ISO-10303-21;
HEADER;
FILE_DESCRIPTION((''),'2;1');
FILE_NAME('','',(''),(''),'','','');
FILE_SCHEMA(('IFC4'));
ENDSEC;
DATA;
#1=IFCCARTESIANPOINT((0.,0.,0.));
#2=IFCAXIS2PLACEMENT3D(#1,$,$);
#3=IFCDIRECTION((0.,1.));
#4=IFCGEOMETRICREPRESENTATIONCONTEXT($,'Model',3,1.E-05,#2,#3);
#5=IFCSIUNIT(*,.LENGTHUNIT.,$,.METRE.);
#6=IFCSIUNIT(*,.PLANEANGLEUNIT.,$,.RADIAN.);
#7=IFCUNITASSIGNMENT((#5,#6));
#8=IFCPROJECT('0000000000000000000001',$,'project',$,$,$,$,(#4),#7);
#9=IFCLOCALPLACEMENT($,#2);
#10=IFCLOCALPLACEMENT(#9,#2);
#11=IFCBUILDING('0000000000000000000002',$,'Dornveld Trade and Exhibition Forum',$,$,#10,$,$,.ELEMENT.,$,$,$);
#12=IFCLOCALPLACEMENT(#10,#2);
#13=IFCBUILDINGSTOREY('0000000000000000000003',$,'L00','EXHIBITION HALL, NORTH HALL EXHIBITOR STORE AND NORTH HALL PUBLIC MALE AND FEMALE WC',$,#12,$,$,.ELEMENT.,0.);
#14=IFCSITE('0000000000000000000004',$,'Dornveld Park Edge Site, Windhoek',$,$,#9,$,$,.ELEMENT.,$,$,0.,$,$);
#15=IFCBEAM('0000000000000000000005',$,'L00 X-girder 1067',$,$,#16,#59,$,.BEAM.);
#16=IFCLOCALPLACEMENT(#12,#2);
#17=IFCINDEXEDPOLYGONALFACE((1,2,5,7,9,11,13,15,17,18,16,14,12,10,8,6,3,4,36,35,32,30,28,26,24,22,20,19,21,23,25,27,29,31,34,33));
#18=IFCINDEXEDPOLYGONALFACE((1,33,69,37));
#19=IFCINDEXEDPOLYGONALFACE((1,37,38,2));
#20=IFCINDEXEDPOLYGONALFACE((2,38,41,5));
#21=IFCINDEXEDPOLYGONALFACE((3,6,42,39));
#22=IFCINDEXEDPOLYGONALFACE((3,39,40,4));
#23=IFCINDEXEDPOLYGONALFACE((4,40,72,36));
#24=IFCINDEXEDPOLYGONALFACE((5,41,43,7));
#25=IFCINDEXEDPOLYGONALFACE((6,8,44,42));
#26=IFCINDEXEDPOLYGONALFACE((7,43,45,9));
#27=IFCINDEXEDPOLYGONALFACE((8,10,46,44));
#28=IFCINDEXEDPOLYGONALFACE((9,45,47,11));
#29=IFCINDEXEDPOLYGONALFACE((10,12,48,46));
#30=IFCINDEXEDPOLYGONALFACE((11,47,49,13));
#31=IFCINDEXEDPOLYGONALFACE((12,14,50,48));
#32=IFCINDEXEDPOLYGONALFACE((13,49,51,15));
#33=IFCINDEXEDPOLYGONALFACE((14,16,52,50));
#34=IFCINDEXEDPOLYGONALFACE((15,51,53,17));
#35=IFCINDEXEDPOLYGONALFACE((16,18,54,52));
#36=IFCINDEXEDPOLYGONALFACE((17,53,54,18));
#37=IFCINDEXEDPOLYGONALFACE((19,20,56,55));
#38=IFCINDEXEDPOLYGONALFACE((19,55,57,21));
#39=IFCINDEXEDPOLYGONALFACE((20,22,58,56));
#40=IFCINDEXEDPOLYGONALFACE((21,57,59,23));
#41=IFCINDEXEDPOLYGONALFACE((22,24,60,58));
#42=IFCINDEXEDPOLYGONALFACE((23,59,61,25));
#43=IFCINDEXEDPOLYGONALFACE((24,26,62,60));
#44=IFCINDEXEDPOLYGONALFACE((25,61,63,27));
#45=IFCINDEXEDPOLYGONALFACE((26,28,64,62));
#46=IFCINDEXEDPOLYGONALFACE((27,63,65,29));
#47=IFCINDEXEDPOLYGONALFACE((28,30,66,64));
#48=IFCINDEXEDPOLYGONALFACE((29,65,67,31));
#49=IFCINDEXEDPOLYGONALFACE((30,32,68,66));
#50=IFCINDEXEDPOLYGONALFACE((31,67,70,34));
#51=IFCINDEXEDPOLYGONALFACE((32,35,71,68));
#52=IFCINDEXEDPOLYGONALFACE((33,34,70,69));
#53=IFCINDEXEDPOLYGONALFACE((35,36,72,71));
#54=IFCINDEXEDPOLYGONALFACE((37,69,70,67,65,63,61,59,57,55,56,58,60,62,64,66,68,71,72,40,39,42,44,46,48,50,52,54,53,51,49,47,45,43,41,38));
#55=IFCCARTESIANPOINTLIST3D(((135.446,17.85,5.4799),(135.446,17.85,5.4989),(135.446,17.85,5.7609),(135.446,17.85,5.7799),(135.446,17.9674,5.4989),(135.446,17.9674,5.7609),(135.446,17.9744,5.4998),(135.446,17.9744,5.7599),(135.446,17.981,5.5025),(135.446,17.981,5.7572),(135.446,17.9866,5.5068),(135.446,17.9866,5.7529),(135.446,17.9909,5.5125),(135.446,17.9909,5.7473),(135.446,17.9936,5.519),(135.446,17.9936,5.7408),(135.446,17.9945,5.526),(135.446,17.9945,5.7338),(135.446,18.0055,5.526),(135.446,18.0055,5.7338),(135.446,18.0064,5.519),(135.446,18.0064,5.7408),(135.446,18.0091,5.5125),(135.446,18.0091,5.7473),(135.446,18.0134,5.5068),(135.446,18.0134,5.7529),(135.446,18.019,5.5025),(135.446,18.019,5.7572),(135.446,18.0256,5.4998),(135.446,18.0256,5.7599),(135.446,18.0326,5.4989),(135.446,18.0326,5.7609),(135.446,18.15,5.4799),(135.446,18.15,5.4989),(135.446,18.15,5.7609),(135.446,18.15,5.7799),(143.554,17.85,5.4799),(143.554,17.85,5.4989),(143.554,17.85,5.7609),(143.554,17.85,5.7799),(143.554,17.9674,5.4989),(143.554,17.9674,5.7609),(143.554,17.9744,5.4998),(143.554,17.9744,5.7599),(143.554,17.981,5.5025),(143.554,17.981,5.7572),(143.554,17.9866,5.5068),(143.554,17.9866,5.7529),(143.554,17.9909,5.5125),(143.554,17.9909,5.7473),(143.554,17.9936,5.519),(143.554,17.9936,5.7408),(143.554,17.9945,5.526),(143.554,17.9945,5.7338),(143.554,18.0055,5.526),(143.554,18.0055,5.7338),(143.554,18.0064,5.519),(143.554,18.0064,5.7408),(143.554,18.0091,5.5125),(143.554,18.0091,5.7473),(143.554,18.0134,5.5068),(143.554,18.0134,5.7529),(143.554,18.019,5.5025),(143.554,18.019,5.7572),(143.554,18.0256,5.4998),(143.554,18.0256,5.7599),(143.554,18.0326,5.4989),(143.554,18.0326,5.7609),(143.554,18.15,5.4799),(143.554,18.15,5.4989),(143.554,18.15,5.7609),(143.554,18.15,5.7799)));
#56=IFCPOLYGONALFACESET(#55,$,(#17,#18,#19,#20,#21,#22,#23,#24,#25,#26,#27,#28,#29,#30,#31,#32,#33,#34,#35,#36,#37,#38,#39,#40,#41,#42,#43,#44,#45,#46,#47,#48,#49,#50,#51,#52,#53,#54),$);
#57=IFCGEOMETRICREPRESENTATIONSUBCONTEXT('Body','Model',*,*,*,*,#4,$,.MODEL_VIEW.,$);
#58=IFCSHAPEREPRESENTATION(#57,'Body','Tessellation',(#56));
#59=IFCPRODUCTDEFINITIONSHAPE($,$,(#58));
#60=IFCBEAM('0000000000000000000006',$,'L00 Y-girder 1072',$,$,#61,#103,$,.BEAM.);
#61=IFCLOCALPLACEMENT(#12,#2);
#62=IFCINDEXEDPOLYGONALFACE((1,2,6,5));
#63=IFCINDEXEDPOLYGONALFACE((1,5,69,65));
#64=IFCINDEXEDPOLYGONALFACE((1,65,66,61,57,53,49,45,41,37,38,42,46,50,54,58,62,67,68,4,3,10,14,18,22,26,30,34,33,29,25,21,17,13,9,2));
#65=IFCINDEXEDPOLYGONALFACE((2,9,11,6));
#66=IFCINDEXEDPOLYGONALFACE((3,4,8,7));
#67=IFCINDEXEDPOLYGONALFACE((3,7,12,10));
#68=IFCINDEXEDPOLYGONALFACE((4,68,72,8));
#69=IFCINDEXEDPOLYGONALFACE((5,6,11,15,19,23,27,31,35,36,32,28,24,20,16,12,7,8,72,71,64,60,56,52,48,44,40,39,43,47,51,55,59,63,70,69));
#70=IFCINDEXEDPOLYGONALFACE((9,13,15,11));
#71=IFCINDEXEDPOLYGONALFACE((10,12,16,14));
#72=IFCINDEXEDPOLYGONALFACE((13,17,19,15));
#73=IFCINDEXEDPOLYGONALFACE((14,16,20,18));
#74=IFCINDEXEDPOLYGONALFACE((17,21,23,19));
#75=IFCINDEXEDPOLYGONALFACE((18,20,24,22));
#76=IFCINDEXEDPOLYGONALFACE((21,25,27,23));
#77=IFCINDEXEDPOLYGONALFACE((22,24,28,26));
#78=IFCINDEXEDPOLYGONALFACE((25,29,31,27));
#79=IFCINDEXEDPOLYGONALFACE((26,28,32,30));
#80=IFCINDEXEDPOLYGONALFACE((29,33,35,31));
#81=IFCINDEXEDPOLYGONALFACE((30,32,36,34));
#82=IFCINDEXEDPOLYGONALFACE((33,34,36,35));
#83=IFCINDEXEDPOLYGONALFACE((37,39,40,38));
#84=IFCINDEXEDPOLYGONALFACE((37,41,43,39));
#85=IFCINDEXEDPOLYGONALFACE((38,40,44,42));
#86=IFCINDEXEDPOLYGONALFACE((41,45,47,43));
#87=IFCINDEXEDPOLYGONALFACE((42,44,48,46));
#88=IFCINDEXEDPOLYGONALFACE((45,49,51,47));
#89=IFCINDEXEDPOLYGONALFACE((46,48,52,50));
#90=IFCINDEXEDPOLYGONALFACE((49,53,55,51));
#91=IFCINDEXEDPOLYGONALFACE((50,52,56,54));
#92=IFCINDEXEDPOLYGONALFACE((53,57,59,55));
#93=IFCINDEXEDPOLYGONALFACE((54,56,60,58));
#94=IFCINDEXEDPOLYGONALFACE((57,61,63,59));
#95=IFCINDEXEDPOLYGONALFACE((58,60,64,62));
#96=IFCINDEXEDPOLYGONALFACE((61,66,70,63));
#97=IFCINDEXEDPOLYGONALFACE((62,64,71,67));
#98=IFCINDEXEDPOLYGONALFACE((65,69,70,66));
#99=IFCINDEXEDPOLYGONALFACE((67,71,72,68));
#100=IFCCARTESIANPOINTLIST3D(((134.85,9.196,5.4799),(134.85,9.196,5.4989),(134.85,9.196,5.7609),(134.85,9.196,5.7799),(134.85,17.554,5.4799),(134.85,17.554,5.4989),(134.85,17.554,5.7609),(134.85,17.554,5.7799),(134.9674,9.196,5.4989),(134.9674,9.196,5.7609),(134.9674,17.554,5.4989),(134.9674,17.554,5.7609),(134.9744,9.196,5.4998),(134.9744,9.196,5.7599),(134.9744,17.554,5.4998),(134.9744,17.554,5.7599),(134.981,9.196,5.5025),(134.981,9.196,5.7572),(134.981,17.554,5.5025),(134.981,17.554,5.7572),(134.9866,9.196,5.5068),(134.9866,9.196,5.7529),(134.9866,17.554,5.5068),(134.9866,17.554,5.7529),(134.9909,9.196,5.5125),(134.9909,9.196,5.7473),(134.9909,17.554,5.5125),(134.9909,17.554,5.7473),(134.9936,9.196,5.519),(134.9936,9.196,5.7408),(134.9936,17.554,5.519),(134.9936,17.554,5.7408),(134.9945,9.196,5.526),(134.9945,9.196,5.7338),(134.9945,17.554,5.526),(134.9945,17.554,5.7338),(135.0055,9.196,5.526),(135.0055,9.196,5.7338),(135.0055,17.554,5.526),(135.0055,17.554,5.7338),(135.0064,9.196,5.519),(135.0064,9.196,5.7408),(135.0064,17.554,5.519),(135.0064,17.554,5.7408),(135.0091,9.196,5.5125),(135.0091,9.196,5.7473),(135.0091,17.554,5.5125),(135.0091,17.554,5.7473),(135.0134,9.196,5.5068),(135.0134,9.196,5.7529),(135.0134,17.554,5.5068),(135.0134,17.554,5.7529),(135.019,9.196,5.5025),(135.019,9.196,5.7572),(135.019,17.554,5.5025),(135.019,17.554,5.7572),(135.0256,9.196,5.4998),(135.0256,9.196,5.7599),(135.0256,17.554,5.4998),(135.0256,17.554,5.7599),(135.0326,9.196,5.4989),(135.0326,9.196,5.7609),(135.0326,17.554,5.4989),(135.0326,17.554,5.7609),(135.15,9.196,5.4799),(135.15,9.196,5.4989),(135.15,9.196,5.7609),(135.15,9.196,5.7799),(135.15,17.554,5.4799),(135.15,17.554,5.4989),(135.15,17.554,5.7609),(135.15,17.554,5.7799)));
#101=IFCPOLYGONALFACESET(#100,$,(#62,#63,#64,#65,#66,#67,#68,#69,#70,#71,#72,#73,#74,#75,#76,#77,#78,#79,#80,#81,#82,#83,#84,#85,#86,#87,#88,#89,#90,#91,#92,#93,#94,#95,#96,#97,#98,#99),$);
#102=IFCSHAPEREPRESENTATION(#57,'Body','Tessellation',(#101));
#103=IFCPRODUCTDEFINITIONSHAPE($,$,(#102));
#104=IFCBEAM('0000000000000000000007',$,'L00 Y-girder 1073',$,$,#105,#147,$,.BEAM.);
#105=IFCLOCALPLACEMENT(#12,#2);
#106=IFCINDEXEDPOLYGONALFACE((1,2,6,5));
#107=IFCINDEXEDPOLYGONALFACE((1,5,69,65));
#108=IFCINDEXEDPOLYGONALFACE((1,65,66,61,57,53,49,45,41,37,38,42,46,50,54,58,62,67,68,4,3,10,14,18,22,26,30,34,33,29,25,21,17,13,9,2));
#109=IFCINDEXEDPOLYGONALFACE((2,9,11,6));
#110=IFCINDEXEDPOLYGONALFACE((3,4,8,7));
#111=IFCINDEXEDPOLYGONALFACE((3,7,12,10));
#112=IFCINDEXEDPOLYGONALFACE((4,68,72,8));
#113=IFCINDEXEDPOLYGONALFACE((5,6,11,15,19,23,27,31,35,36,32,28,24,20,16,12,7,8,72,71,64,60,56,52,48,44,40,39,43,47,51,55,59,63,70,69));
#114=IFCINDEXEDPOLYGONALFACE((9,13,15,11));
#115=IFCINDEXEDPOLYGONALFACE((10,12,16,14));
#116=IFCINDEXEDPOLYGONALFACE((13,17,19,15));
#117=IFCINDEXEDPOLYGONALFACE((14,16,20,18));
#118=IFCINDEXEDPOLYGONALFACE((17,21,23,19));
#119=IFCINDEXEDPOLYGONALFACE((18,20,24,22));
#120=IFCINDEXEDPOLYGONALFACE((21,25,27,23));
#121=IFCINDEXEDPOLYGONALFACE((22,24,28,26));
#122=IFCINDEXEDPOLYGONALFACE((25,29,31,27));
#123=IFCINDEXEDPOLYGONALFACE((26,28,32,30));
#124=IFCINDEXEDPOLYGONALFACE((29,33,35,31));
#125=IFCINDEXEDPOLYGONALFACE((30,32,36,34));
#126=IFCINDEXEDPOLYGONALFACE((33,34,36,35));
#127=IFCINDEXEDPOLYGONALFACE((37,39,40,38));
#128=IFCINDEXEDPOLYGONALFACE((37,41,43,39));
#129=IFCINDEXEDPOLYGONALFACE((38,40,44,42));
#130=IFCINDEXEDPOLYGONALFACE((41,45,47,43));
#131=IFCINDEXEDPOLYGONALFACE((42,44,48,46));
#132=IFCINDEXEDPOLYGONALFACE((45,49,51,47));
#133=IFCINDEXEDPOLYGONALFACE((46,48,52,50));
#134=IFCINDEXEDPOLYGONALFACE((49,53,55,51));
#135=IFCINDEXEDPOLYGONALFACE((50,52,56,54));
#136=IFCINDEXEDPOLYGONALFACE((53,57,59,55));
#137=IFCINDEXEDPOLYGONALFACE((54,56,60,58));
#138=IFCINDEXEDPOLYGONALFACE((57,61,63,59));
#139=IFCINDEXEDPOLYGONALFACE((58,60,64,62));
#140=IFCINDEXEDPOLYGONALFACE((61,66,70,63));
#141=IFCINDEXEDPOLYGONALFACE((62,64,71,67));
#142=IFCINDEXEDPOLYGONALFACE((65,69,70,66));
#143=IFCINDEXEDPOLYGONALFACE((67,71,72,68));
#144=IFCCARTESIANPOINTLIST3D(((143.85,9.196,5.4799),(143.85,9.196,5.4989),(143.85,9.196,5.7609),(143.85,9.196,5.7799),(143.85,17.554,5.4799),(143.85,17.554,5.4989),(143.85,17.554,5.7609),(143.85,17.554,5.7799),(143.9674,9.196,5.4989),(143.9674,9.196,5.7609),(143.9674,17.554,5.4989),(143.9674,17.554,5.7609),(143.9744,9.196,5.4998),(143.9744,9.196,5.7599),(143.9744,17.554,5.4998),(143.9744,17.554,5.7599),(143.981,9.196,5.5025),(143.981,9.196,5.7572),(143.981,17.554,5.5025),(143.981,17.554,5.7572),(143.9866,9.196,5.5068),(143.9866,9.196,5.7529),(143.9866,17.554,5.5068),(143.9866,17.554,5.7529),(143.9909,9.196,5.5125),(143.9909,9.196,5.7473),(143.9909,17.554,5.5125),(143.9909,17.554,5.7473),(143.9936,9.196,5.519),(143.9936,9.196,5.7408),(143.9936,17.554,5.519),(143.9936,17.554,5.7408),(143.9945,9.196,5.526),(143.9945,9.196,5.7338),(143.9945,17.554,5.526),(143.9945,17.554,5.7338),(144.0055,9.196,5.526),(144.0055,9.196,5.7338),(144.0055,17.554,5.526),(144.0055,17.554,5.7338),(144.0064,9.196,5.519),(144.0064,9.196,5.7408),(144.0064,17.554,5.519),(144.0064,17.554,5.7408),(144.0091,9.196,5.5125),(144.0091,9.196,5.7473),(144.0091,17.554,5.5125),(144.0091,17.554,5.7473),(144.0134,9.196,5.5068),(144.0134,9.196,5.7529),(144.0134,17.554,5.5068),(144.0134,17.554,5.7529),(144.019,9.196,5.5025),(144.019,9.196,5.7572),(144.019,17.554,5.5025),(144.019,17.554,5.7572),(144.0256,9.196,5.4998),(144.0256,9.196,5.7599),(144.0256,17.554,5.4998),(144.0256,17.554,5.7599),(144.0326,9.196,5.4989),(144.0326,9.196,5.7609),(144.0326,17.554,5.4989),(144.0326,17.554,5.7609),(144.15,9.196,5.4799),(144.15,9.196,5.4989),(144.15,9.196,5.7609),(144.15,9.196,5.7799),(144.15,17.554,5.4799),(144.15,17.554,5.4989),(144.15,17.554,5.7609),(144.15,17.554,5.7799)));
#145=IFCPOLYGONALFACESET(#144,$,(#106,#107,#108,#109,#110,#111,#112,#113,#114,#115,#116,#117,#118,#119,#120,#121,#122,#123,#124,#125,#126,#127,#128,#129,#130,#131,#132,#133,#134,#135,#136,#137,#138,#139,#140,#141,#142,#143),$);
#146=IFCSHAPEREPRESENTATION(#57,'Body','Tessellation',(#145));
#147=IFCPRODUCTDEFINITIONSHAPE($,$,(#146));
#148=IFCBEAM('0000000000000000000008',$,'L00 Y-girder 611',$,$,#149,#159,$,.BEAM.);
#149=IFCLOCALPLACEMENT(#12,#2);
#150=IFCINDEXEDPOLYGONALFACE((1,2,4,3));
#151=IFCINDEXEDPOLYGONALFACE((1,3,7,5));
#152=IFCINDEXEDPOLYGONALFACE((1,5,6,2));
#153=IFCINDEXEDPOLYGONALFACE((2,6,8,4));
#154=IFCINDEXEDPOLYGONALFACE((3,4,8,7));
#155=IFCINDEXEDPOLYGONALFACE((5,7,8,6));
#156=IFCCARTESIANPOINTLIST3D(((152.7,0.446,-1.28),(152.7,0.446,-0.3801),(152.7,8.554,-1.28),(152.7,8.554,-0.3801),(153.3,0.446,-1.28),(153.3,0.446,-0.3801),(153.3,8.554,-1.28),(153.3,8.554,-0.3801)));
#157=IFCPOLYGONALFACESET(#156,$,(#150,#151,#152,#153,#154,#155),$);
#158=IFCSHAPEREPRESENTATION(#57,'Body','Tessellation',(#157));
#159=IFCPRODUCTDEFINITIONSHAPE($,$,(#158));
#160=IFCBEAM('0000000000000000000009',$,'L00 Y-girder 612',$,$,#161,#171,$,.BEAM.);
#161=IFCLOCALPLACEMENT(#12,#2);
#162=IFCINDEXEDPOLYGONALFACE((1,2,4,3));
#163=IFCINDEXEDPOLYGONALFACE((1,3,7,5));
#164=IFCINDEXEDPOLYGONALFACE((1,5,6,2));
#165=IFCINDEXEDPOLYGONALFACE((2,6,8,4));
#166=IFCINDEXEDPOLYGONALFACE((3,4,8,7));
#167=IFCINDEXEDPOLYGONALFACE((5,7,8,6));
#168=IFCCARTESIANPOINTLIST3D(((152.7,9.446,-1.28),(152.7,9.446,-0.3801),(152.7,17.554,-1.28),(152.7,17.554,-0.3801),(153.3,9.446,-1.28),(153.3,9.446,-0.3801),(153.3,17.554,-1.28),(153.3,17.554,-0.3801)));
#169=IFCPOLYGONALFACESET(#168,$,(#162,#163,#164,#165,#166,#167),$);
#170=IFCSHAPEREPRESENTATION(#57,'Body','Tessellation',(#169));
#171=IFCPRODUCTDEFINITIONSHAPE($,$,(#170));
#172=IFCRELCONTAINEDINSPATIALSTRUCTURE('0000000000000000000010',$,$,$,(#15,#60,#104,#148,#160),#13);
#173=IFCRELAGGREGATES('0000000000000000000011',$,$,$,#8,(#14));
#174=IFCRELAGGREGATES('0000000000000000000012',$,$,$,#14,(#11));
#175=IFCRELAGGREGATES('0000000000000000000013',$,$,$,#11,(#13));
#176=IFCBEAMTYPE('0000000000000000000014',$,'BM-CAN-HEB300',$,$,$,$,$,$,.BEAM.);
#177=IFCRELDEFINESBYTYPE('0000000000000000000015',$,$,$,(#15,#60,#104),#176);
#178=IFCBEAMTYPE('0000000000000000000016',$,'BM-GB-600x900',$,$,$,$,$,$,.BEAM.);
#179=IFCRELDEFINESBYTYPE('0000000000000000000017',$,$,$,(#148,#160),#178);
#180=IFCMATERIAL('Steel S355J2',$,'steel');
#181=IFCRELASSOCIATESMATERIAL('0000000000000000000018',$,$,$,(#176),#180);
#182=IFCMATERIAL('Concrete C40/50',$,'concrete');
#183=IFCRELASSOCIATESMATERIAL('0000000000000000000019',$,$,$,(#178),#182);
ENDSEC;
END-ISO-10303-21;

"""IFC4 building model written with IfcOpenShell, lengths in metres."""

from ifc_helpers import new_model, si_unit, direction, frame, origin, origin_2d, place, context, subcontext, project, spatial, rectangle, i_section, extrude, material, material_profile, profile_set, type_object, element, save


model = new_model("IFC4")

# Units and contexts
model_context = context("Model", 3, precision=1e-05, world=origin(), true_north=direction((0.0, 1.0)))
body_context = subcontext(model_context, "Body", "Model", "MODEL_VIEW")
ifc_project = project(units=[si_unit("LENGTHUNIT", "METRE"), si_unit("PLANEANGLEUNIT", "RADIAN")], contexts=[model_context])

# Site, building, storey
site_placement = place(None, origin())
site = spatial("IfcSite", under=ifc_project, at=site_placement, Name="Dornveld Park Edge Site, Windhoek", CompositionType="ELEMENT", RefElevation=0.0)
building_placement = place(site_placement, origin())
building = spatial("IfcBuilding", under=site, at=building_placement, Name="Dornveld Trade and Exhibition Forum", CompositionType="ELEMENT")
storey_placement = place(building_placement, origin())
storey = spatial("IfcBuildingStorey", under=building, at=storey_placement, Name="L00", Description="EXHIBITION HALL, NORTH HALL EXHIBITOR STORE AND NORTH HALL PUBLIC MALE AND FEMALE WC", CompositionType="ELEMENT", Elevation=0.0)

# Beams
ifc_material_1 = material(Name="Steel S355J2", Category="steel")
ifc_material_profile_1 = material_profile(ifc_material_1, i_section(OverallWidth=0.3, OverallDepth=0.3, WebThickness=0.011, FlangeThickness=0.019, FilletRadius=0.0271, at=origin_2d()), Name="HEB 300")
ifc_profile_set_1 = profile_set([ifc_material_profile_1], Name="Steel S355J2")
beam_type_1 = type_object("IfcBeamType", Name="BM-CAN-HEB300", PredefinedType="BEAM", material=ifc_profile_set_1)
beam_1_placement = place(storey_placement, frame((135.446, 18.0, 5.6299), z_axis=(1.0, 0.0, 0.0), x_axis=(0.0, 1.0, 0.0)))
element("IfcBeam", 1, at=beam_1_placement, inside=storey, type_object=beam_type_1, Name="L00 X-girder 1067", PredefinedType="BEAM", context=body_context, shape_type="SweptSolid", body=[
    extrude(i_section(OverallWidth=0.3, OverallDepth=0.3, WebThickness=0.011, FlangeThickness=0.019, FilletRadius=0.0271, at=origin_2d()), origin(), (0.0, 0.0, 1.0), 8.1079),
])
for number, where, z_axis, x_axis, name in (
    (2, (135.0, 9.196, 5.6299), (0.0, 1.0, 0.0), (-1.0, 0.0, 0.0), "L00 Y-girder 1072"),
    (3, (144.0, 9.196, 5.6299), (0.0, 1.0, 0.0), (-1.0, 0.0, 0.0), "L00 Y-girder 1073"),
):
    element("IfcBeam", number, at=place(storey_placement, frame(where, z_axis=z_axis, x_axis=x_axis)), inside=storey, type_object=beam_type_1, Name=name, PredefinedType="BEAM", context=body_context, shape_type="SweptSolid", body=[
        extrude(i_section(OverallWidth=0.3, OverallDepth=0.3, WebThickness=0.011, FlangeThickness=0.019, FilletRadius=0.0271, at=origin_2d()), origin(), (0.0, 0.0, 1.0), 8.3579),
    ])
ifc_material_2 = material(Name="Concrete C40/50", Category="concrete")
ifc_material_profile_2 = material_profile(ifc_material_2, rectangle(XDim=0.6001, YDim=0.8999, at=origin_2d()), Name="RC-GB 600x900")
ifc_profile_set_2 = profile_set([ifc_material_profile_2], Name="Concrete C40/50")
beam_type_2 = type_object("IfcBeamType", Name="BM-GB-600x900", PredefinedType="BEAM", material=ifc_profile_set_2)
for number, where, z_axis, x_axis, name in (
    (4, (153.0, 0.446, -0.8301), (0.0, 1.0, 0.0), (-1.0, 0.0, 0.0), "L00 Y-girder 611"),
    (5, (153.0, 9.446, -0.8301), (0.0, 1.0, 0.0), (-1.0, 0.0, 0.0), "L00 Y-girder 612"),
):
    element("IfcBeam", number, at=place(storey_placement, frame(where, z_axis=z_axis, x_axis=x_axis)), inside=storey, type_object=beam_type_2, Name=name, PredefinedType="BEAM", context=body_context, shape_type="SweptSolid", body=[
        extrude(rectangle(XDim=0.6001, YDim=0.8999, at=origin_2d()), origin(), (0.0, 0.0, 1.0), 8.1079),
    ])

save(model, "model.ifc")
